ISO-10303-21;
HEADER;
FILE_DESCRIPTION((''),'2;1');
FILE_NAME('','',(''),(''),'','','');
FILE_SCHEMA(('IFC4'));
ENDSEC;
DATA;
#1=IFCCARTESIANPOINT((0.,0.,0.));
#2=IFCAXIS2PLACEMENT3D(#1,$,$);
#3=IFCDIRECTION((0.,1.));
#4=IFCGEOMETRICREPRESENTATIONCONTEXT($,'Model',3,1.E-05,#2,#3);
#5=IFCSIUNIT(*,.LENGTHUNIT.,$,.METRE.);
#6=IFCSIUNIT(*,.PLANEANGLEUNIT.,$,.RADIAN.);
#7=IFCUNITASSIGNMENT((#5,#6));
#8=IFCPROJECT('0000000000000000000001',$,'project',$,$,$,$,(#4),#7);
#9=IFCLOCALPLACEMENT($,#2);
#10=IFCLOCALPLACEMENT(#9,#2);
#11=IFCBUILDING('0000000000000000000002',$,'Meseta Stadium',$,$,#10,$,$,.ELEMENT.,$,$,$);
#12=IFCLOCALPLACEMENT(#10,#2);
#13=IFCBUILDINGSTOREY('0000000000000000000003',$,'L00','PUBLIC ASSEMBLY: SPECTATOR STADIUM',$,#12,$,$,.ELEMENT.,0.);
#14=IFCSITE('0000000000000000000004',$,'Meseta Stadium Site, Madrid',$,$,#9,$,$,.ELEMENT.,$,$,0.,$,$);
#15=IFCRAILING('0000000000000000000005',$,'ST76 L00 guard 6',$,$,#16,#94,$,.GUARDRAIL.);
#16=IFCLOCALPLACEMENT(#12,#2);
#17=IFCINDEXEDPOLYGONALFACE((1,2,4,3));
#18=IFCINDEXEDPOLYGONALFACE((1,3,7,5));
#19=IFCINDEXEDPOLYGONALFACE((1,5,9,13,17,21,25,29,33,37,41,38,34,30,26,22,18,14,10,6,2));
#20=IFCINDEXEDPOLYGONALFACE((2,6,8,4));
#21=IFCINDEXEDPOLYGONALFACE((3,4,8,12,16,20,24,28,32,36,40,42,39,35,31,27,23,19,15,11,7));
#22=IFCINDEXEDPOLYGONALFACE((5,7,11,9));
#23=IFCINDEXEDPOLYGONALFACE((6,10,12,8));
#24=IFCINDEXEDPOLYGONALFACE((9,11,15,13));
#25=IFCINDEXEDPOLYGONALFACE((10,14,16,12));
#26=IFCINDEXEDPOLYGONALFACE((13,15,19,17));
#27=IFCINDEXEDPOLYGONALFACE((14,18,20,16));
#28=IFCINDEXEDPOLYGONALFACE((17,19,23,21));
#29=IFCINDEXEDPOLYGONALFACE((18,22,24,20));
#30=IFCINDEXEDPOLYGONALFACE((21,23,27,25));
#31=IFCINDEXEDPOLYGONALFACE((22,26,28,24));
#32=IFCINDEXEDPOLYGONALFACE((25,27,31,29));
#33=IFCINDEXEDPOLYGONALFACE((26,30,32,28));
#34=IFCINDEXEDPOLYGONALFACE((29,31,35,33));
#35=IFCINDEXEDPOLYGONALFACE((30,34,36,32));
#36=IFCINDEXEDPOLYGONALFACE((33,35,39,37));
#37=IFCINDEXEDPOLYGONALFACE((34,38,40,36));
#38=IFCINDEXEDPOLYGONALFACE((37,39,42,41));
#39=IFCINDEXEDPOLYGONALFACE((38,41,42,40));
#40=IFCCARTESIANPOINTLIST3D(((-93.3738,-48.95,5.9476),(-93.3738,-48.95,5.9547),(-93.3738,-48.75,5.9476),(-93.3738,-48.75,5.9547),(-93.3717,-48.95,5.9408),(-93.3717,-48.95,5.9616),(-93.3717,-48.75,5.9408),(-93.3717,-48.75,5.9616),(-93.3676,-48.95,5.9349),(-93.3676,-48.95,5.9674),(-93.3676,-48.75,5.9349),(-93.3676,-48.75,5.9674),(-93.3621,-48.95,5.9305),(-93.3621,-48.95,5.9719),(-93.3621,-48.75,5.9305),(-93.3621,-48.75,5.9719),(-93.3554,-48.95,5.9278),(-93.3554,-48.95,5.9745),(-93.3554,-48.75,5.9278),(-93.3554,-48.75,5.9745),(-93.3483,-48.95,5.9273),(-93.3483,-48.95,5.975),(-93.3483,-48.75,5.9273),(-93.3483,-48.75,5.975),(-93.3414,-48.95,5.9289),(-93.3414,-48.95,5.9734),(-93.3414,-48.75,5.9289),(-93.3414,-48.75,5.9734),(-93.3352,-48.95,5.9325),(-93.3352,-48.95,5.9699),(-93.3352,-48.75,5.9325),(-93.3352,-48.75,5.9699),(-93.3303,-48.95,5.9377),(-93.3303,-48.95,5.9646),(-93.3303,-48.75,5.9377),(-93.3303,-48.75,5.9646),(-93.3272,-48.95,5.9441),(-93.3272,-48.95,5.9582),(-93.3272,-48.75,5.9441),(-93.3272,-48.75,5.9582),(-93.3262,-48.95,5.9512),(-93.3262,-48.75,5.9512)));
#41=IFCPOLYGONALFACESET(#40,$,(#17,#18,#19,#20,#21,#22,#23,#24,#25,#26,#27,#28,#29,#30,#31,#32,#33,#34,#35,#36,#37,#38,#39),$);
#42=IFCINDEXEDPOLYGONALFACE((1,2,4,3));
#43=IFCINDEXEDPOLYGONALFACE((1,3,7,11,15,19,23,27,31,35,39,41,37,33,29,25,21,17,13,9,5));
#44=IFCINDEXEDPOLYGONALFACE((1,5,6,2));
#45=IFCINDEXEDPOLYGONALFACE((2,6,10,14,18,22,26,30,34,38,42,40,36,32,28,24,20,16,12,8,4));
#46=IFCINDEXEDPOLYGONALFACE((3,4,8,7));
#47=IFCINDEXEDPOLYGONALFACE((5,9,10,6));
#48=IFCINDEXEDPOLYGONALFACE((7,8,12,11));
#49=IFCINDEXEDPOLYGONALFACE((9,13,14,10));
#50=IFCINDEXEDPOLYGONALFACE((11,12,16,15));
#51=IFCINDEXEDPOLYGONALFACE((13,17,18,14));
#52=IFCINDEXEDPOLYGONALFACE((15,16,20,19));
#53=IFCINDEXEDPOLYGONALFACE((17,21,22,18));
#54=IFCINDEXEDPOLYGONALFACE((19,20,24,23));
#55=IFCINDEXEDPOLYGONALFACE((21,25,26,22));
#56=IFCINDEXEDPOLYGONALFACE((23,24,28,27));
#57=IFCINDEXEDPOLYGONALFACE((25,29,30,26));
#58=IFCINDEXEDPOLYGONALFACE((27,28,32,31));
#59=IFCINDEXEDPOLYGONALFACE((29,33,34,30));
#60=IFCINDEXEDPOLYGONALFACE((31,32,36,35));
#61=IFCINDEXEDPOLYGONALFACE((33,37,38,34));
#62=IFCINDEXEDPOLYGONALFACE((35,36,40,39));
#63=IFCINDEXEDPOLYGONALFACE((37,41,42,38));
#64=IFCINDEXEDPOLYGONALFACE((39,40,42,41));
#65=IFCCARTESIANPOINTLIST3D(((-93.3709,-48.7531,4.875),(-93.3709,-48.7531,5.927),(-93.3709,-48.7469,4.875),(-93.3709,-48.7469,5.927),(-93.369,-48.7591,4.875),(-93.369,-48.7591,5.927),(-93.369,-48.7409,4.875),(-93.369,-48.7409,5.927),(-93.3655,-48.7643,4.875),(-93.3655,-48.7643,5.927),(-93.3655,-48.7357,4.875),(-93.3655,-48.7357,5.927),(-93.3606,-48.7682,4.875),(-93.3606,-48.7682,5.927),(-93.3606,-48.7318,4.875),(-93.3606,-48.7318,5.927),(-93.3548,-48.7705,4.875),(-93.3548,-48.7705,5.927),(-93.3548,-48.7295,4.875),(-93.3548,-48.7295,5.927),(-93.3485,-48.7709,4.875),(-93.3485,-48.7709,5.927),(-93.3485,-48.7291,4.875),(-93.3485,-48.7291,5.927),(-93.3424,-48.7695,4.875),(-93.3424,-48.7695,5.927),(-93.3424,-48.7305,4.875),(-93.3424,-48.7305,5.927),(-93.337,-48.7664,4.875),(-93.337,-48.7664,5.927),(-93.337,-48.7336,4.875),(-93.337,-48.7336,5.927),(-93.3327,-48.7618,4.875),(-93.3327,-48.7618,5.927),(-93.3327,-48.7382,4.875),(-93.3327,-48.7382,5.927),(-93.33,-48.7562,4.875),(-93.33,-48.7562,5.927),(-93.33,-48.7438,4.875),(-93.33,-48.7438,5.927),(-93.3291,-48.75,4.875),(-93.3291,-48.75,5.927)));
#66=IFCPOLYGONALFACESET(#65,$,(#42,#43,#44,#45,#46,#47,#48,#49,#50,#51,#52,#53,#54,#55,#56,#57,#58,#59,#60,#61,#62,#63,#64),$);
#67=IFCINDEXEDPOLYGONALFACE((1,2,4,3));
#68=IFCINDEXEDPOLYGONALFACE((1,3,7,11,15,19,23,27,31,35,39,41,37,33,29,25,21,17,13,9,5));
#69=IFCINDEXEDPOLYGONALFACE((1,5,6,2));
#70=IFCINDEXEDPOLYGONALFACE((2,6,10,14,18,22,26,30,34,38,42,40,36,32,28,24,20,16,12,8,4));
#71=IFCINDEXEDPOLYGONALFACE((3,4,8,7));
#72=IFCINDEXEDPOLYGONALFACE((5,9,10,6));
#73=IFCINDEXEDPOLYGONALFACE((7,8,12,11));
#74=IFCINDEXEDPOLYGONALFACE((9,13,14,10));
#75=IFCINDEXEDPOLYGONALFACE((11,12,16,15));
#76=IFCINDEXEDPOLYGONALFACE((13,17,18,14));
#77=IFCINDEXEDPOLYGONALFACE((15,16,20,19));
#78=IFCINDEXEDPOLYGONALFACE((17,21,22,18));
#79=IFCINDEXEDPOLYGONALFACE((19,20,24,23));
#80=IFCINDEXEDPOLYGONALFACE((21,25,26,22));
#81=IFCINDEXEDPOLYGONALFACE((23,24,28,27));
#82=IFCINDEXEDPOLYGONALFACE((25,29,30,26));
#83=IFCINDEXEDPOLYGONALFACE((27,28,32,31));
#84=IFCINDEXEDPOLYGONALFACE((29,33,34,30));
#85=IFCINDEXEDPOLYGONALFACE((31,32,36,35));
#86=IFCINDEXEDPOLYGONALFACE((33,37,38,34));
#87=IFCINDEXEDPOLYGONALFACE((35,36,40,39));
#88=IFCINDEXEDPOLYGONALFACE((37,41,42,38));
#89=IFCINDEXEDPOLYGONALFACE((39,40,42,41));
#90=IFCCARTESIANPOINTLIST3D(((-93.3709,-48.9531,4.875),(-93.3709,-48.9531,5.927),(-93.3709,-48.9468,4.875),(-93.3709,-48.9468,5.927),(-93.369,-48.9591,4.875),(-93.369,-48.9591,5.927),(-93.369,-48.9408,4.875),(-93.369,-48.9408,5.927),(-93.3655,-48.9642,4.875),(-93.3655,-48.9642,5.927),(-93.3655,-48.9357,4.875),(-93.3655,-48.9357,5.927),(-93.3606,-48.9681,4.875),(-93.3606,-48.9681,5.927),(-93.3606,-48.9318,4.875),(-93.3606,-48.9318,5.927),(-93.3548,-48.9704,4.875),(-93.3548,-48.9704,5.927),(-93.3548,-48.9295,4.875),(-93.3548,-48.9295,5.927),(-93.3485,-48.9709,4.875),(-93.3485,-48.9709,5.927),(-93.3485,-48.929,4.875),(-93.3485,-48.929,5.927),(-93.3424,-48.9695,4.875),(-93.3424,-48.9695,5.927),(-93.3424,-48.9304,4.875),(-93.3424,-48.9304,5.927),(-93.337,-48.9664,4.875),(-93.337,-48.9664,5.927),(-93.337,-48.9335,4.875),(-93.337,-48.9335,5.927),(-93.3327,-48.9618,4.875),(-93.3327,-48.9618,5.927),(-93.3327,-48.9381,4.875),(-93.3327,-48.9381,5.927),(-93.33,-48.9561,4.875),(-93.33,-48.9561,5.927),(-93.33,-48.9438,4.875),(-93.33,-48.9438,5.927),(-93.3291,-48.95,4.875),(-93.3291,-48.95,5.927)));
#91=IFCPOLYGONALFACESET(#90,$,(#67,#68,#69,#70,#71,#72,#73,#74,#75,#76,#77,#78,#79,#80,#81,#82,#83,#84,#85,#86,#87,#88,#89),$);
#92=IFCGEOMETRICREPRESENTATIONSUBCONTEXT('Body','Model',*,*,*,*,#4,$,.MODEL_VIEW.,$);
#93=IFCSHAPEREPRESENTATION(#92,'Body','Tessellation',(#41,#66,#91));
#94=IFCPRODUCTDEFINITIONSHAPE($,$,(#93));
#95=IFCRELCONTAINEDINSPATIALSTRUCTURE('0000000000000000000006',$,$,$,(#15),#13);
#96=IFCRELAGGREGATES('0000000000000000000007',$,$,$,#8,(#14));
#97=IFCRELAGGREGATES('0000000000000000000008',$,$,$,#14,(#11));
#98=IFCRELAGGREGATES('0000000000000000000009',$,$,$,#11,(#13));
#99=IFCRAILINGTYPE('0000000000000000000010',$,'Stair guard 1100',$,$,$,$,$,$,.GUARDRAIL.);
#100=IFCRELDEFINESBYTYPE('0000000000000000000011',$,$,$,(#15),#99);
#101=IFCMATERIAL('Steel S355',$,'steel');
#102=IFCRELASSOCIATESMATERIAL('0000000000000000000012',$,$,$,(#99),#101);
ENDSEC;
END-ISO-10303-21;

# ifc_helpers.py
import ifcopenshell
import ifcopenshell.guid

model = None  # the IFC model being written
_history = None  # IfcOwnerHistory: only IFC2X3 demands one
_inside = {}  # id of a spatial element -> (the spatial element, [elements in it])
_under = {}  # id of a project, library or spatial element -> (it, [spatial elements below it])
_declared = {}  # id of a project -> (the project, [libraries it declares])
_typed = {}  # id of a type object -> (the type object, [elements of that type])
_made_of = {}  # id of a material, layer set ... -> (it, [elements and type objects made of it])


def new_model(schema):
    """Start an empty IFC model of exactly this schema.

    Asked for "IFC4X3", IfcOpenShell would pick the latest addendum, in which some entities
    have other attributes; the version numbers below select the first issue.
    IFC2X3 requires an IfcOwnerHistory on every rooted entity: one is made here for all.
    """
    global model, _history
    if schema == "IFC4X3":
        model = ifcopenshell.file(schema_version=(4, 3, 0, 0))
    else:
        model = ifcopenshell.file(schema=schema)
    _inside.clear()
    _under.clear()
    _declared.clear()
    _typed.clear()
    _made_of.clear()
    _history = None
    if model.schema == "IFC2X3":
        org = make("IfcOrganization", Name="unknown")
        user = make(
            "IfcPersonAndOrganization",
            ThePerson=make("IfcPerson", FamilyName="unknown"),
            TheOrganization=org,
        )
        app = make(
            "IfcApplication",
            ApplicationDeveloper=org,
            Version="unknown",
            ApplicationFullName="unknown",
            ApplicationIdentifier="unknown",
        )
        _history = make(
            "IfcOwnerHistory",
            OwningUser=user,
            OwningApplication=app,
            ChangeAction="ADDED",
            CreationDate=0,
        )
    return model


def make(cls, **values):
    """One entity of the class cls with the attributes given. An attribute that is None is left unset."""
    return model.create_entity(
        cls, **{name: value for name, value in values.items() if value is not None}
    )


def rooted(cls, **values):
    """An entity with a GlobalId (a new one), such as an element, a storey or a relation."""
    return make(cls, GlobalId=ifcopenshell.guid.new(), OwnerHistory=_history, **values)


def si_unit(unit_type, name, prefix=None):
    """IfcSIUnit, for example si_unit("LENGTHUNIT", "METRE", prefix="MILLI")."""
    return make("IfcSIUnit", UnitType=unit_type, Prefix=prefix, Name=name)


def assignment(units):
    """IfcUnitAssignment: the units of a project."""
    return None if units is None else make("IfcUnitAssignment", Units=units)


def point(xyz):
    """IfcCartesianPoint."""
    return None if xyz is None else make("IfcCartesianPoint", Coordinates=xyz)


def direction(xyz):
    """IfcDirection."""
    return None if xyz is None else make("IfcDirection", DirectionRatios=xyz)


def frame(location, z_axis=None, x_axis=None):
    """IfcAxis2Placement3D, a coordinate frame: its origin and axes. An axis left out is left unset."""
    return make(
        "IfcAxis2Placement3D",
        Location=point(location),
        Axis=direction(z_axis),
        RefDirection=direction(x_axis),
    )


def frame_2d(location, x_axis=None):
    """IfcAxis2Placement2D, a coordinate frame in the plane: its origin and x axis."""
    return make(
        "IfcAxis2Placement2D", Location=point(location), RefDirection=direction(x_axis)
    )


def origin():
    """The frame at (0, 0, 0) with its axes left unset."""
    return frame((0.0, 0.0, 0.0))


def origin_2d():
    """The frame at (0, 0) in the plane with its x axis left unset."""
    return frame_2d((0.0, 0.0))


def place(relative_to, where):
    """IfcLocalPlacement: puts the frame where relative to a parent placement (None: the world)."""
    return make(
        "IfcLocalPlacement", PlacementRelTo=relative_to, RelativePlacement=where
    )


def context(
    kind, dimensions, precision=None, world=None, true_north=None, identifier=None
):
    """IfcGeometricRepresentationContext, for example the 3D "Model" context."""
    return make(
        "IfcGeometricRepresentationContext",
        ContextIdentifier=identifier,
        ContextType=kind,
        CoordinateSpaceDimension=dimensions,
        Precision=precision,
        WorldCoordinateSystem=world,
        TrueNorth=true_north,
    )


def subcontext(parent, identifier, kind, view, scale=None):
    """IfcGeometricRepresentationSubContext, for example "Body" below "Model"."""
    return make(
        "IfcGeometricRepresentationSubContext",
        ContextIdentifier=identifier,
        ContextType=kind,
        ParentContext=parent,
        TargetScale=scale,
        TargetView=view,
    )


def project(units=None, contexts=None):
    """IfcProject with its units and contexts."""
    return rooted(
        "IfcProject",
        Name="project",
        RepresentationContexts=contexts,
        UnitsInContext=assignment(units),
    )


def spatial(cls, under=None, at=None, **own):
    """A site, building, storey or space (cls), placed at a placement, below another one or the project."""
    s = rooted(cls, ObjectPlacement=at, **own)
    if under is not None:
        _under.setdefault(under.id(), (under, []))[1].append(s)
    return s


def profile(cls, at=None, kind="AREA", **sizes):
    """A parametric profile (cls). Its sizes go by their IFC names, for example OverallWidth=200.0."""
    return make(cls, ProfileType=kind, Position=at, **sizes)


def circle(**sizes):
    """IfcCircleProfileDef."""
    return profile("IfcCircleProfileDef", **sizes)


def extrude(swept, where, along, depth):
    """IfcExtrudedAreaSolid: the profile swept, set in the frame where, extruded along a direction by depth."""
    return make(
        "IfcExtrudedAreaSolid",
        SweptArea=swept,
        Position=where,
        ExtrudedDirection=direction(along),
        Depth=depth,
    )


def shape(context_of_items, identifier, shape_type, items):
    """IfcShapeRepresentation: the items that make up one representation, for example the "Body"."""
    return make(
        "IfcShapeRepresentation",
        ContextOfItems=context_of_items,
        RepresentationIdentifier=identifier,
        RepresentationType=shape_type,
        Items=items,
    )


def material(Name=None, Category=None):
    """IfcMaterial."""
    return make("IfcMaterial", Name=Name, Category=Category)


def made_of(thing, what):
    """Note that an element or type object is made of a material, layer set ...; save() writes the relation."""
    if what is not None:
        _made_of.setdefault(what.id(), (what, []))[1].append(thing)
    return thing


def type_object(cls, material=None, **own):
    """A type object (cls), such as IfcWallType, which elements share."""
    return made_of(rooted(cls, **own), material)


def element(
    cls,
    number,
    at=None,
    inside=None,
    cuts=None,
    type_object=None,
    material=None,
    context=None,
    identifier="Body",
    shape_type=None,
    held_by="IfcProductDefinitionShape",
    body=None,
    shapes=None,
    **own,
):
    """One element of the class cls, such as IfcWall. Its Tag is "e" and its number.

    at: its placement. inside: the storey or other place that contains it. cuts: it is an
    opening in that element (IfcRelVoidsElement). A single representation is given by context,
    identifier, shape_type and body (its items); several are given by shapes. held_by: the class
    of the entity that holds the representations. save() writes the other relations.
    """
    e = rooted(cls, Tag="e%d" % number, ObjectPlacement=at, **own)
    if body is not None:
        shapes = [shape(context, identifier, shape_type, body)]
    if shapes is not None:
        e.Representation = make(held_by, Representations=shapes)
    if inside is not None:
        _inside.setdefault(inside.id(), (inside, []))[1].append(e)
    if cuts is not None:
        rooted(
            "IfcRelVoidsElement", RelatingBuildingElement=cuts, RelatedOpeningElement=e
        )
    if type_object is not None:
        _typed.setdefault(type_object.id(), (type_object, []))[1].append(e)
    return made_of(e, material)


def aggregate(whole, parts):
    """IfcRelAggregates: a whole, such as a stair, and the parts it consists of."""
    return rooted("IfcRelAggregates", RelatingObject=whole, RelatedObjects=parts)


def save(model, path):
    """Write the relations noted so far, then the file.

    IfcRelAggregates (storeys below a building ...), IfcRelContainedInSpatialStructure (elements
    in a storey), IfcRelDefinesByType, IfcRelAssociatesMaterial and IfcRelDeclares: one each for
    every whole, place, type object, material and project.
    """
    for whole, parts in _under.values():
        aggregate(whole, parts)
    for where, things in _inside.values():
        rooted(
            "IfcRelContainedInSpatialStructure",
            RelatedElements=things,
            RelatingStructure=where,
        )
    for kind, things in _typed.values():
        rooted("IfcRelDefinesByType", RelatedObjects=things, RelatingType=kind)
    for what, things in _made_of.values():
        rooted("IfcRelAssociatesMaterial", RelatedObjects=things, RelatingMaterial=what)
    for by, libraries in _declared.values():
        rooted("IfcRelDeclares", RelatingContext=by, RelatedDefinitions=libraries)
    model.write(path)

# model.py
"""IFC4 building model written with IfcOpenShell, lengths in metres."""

from ifc_helpers import new_model, si_unit, direction, frame, origin, origin_2d, place, context, subcontext, project, spatial, circle, extrude, material, type_object, element, save


model = new_model("IFC4")

# Units and contexts
model_context = context("Model", 3, precision=1e-05, world=origin(), true_north=direction((0.0, 1.0)))
body_context = subcontext(model_context, "Body", "Model", "MODEL_VIEW")
ifc_project = project(units=[si_unit("LENGTHUNIT", "METRE"), si_unit("PLANEANGLEUNIT", "RADIAN")], contexts=[model_context])

# Site, building, storey
site_placement = place(None, origin())
site = spatial("IfcSite", under=ifc_project, at=site_placement, Name="Meseta Stadium Site, Madrid", CompositionType="ELEMENT", RefElevation=0.0)
building_placement = place(site_placement, origin())
building = spatial("IfcBuilding", under=site, at=building_placement, Name="Meseta Stadium", CompositionType="ELEMENT")
storey_placement = place(building_placement, origin())
storey = spatial("IfcBuildingStorey", under=building, at=storey_placement, Name="L00", Description="PUBLIC ASSEMBLY: SPECTATOR STADIUM", CompositionType="ELEMENT", Elevation=0.0)

# Railing
ifc_material_1 = material(Name="Steel S355", Category="steel")
railing_type_1 = type_object("IfcRailingType", Name="Stair guard 1100", PredefinedType="GUARDRAIL", material=ifc_material_1)
railing_1_placement = place(storey_placement, frame((-93.3501, -48.75, 4.875)))
element("IfcRailing", 1, at=railing_1_placement, inside=storey, type_object=railing_type_1, Name="ST76 L00 guard 6", PredefinedType="GUARDRAIL", context=body_context, shape_type="SweptSolid", body=[
    extrude(circle(Radius=0.0239, at=origin_2d()), frame((0.0, 0.0, 1.0762), z_axis=(0.0, -1.0, 0.0), x_axis=(1.0, 0.0, 0.0)), (0.0, 0.0, 1.0), 0.2),
    extrude(circle(Radius=0.021, at=origin_2d()), origin(), (0.0, 0.0, 1.0), 1.052),
    extrude(circle(Radius=0.021, at=origin_2d()), frame((0.0, -0.2, 0.0)), (0.0, 0.0, 1.0), 1.052),
])

save(model, "model.ifc")
